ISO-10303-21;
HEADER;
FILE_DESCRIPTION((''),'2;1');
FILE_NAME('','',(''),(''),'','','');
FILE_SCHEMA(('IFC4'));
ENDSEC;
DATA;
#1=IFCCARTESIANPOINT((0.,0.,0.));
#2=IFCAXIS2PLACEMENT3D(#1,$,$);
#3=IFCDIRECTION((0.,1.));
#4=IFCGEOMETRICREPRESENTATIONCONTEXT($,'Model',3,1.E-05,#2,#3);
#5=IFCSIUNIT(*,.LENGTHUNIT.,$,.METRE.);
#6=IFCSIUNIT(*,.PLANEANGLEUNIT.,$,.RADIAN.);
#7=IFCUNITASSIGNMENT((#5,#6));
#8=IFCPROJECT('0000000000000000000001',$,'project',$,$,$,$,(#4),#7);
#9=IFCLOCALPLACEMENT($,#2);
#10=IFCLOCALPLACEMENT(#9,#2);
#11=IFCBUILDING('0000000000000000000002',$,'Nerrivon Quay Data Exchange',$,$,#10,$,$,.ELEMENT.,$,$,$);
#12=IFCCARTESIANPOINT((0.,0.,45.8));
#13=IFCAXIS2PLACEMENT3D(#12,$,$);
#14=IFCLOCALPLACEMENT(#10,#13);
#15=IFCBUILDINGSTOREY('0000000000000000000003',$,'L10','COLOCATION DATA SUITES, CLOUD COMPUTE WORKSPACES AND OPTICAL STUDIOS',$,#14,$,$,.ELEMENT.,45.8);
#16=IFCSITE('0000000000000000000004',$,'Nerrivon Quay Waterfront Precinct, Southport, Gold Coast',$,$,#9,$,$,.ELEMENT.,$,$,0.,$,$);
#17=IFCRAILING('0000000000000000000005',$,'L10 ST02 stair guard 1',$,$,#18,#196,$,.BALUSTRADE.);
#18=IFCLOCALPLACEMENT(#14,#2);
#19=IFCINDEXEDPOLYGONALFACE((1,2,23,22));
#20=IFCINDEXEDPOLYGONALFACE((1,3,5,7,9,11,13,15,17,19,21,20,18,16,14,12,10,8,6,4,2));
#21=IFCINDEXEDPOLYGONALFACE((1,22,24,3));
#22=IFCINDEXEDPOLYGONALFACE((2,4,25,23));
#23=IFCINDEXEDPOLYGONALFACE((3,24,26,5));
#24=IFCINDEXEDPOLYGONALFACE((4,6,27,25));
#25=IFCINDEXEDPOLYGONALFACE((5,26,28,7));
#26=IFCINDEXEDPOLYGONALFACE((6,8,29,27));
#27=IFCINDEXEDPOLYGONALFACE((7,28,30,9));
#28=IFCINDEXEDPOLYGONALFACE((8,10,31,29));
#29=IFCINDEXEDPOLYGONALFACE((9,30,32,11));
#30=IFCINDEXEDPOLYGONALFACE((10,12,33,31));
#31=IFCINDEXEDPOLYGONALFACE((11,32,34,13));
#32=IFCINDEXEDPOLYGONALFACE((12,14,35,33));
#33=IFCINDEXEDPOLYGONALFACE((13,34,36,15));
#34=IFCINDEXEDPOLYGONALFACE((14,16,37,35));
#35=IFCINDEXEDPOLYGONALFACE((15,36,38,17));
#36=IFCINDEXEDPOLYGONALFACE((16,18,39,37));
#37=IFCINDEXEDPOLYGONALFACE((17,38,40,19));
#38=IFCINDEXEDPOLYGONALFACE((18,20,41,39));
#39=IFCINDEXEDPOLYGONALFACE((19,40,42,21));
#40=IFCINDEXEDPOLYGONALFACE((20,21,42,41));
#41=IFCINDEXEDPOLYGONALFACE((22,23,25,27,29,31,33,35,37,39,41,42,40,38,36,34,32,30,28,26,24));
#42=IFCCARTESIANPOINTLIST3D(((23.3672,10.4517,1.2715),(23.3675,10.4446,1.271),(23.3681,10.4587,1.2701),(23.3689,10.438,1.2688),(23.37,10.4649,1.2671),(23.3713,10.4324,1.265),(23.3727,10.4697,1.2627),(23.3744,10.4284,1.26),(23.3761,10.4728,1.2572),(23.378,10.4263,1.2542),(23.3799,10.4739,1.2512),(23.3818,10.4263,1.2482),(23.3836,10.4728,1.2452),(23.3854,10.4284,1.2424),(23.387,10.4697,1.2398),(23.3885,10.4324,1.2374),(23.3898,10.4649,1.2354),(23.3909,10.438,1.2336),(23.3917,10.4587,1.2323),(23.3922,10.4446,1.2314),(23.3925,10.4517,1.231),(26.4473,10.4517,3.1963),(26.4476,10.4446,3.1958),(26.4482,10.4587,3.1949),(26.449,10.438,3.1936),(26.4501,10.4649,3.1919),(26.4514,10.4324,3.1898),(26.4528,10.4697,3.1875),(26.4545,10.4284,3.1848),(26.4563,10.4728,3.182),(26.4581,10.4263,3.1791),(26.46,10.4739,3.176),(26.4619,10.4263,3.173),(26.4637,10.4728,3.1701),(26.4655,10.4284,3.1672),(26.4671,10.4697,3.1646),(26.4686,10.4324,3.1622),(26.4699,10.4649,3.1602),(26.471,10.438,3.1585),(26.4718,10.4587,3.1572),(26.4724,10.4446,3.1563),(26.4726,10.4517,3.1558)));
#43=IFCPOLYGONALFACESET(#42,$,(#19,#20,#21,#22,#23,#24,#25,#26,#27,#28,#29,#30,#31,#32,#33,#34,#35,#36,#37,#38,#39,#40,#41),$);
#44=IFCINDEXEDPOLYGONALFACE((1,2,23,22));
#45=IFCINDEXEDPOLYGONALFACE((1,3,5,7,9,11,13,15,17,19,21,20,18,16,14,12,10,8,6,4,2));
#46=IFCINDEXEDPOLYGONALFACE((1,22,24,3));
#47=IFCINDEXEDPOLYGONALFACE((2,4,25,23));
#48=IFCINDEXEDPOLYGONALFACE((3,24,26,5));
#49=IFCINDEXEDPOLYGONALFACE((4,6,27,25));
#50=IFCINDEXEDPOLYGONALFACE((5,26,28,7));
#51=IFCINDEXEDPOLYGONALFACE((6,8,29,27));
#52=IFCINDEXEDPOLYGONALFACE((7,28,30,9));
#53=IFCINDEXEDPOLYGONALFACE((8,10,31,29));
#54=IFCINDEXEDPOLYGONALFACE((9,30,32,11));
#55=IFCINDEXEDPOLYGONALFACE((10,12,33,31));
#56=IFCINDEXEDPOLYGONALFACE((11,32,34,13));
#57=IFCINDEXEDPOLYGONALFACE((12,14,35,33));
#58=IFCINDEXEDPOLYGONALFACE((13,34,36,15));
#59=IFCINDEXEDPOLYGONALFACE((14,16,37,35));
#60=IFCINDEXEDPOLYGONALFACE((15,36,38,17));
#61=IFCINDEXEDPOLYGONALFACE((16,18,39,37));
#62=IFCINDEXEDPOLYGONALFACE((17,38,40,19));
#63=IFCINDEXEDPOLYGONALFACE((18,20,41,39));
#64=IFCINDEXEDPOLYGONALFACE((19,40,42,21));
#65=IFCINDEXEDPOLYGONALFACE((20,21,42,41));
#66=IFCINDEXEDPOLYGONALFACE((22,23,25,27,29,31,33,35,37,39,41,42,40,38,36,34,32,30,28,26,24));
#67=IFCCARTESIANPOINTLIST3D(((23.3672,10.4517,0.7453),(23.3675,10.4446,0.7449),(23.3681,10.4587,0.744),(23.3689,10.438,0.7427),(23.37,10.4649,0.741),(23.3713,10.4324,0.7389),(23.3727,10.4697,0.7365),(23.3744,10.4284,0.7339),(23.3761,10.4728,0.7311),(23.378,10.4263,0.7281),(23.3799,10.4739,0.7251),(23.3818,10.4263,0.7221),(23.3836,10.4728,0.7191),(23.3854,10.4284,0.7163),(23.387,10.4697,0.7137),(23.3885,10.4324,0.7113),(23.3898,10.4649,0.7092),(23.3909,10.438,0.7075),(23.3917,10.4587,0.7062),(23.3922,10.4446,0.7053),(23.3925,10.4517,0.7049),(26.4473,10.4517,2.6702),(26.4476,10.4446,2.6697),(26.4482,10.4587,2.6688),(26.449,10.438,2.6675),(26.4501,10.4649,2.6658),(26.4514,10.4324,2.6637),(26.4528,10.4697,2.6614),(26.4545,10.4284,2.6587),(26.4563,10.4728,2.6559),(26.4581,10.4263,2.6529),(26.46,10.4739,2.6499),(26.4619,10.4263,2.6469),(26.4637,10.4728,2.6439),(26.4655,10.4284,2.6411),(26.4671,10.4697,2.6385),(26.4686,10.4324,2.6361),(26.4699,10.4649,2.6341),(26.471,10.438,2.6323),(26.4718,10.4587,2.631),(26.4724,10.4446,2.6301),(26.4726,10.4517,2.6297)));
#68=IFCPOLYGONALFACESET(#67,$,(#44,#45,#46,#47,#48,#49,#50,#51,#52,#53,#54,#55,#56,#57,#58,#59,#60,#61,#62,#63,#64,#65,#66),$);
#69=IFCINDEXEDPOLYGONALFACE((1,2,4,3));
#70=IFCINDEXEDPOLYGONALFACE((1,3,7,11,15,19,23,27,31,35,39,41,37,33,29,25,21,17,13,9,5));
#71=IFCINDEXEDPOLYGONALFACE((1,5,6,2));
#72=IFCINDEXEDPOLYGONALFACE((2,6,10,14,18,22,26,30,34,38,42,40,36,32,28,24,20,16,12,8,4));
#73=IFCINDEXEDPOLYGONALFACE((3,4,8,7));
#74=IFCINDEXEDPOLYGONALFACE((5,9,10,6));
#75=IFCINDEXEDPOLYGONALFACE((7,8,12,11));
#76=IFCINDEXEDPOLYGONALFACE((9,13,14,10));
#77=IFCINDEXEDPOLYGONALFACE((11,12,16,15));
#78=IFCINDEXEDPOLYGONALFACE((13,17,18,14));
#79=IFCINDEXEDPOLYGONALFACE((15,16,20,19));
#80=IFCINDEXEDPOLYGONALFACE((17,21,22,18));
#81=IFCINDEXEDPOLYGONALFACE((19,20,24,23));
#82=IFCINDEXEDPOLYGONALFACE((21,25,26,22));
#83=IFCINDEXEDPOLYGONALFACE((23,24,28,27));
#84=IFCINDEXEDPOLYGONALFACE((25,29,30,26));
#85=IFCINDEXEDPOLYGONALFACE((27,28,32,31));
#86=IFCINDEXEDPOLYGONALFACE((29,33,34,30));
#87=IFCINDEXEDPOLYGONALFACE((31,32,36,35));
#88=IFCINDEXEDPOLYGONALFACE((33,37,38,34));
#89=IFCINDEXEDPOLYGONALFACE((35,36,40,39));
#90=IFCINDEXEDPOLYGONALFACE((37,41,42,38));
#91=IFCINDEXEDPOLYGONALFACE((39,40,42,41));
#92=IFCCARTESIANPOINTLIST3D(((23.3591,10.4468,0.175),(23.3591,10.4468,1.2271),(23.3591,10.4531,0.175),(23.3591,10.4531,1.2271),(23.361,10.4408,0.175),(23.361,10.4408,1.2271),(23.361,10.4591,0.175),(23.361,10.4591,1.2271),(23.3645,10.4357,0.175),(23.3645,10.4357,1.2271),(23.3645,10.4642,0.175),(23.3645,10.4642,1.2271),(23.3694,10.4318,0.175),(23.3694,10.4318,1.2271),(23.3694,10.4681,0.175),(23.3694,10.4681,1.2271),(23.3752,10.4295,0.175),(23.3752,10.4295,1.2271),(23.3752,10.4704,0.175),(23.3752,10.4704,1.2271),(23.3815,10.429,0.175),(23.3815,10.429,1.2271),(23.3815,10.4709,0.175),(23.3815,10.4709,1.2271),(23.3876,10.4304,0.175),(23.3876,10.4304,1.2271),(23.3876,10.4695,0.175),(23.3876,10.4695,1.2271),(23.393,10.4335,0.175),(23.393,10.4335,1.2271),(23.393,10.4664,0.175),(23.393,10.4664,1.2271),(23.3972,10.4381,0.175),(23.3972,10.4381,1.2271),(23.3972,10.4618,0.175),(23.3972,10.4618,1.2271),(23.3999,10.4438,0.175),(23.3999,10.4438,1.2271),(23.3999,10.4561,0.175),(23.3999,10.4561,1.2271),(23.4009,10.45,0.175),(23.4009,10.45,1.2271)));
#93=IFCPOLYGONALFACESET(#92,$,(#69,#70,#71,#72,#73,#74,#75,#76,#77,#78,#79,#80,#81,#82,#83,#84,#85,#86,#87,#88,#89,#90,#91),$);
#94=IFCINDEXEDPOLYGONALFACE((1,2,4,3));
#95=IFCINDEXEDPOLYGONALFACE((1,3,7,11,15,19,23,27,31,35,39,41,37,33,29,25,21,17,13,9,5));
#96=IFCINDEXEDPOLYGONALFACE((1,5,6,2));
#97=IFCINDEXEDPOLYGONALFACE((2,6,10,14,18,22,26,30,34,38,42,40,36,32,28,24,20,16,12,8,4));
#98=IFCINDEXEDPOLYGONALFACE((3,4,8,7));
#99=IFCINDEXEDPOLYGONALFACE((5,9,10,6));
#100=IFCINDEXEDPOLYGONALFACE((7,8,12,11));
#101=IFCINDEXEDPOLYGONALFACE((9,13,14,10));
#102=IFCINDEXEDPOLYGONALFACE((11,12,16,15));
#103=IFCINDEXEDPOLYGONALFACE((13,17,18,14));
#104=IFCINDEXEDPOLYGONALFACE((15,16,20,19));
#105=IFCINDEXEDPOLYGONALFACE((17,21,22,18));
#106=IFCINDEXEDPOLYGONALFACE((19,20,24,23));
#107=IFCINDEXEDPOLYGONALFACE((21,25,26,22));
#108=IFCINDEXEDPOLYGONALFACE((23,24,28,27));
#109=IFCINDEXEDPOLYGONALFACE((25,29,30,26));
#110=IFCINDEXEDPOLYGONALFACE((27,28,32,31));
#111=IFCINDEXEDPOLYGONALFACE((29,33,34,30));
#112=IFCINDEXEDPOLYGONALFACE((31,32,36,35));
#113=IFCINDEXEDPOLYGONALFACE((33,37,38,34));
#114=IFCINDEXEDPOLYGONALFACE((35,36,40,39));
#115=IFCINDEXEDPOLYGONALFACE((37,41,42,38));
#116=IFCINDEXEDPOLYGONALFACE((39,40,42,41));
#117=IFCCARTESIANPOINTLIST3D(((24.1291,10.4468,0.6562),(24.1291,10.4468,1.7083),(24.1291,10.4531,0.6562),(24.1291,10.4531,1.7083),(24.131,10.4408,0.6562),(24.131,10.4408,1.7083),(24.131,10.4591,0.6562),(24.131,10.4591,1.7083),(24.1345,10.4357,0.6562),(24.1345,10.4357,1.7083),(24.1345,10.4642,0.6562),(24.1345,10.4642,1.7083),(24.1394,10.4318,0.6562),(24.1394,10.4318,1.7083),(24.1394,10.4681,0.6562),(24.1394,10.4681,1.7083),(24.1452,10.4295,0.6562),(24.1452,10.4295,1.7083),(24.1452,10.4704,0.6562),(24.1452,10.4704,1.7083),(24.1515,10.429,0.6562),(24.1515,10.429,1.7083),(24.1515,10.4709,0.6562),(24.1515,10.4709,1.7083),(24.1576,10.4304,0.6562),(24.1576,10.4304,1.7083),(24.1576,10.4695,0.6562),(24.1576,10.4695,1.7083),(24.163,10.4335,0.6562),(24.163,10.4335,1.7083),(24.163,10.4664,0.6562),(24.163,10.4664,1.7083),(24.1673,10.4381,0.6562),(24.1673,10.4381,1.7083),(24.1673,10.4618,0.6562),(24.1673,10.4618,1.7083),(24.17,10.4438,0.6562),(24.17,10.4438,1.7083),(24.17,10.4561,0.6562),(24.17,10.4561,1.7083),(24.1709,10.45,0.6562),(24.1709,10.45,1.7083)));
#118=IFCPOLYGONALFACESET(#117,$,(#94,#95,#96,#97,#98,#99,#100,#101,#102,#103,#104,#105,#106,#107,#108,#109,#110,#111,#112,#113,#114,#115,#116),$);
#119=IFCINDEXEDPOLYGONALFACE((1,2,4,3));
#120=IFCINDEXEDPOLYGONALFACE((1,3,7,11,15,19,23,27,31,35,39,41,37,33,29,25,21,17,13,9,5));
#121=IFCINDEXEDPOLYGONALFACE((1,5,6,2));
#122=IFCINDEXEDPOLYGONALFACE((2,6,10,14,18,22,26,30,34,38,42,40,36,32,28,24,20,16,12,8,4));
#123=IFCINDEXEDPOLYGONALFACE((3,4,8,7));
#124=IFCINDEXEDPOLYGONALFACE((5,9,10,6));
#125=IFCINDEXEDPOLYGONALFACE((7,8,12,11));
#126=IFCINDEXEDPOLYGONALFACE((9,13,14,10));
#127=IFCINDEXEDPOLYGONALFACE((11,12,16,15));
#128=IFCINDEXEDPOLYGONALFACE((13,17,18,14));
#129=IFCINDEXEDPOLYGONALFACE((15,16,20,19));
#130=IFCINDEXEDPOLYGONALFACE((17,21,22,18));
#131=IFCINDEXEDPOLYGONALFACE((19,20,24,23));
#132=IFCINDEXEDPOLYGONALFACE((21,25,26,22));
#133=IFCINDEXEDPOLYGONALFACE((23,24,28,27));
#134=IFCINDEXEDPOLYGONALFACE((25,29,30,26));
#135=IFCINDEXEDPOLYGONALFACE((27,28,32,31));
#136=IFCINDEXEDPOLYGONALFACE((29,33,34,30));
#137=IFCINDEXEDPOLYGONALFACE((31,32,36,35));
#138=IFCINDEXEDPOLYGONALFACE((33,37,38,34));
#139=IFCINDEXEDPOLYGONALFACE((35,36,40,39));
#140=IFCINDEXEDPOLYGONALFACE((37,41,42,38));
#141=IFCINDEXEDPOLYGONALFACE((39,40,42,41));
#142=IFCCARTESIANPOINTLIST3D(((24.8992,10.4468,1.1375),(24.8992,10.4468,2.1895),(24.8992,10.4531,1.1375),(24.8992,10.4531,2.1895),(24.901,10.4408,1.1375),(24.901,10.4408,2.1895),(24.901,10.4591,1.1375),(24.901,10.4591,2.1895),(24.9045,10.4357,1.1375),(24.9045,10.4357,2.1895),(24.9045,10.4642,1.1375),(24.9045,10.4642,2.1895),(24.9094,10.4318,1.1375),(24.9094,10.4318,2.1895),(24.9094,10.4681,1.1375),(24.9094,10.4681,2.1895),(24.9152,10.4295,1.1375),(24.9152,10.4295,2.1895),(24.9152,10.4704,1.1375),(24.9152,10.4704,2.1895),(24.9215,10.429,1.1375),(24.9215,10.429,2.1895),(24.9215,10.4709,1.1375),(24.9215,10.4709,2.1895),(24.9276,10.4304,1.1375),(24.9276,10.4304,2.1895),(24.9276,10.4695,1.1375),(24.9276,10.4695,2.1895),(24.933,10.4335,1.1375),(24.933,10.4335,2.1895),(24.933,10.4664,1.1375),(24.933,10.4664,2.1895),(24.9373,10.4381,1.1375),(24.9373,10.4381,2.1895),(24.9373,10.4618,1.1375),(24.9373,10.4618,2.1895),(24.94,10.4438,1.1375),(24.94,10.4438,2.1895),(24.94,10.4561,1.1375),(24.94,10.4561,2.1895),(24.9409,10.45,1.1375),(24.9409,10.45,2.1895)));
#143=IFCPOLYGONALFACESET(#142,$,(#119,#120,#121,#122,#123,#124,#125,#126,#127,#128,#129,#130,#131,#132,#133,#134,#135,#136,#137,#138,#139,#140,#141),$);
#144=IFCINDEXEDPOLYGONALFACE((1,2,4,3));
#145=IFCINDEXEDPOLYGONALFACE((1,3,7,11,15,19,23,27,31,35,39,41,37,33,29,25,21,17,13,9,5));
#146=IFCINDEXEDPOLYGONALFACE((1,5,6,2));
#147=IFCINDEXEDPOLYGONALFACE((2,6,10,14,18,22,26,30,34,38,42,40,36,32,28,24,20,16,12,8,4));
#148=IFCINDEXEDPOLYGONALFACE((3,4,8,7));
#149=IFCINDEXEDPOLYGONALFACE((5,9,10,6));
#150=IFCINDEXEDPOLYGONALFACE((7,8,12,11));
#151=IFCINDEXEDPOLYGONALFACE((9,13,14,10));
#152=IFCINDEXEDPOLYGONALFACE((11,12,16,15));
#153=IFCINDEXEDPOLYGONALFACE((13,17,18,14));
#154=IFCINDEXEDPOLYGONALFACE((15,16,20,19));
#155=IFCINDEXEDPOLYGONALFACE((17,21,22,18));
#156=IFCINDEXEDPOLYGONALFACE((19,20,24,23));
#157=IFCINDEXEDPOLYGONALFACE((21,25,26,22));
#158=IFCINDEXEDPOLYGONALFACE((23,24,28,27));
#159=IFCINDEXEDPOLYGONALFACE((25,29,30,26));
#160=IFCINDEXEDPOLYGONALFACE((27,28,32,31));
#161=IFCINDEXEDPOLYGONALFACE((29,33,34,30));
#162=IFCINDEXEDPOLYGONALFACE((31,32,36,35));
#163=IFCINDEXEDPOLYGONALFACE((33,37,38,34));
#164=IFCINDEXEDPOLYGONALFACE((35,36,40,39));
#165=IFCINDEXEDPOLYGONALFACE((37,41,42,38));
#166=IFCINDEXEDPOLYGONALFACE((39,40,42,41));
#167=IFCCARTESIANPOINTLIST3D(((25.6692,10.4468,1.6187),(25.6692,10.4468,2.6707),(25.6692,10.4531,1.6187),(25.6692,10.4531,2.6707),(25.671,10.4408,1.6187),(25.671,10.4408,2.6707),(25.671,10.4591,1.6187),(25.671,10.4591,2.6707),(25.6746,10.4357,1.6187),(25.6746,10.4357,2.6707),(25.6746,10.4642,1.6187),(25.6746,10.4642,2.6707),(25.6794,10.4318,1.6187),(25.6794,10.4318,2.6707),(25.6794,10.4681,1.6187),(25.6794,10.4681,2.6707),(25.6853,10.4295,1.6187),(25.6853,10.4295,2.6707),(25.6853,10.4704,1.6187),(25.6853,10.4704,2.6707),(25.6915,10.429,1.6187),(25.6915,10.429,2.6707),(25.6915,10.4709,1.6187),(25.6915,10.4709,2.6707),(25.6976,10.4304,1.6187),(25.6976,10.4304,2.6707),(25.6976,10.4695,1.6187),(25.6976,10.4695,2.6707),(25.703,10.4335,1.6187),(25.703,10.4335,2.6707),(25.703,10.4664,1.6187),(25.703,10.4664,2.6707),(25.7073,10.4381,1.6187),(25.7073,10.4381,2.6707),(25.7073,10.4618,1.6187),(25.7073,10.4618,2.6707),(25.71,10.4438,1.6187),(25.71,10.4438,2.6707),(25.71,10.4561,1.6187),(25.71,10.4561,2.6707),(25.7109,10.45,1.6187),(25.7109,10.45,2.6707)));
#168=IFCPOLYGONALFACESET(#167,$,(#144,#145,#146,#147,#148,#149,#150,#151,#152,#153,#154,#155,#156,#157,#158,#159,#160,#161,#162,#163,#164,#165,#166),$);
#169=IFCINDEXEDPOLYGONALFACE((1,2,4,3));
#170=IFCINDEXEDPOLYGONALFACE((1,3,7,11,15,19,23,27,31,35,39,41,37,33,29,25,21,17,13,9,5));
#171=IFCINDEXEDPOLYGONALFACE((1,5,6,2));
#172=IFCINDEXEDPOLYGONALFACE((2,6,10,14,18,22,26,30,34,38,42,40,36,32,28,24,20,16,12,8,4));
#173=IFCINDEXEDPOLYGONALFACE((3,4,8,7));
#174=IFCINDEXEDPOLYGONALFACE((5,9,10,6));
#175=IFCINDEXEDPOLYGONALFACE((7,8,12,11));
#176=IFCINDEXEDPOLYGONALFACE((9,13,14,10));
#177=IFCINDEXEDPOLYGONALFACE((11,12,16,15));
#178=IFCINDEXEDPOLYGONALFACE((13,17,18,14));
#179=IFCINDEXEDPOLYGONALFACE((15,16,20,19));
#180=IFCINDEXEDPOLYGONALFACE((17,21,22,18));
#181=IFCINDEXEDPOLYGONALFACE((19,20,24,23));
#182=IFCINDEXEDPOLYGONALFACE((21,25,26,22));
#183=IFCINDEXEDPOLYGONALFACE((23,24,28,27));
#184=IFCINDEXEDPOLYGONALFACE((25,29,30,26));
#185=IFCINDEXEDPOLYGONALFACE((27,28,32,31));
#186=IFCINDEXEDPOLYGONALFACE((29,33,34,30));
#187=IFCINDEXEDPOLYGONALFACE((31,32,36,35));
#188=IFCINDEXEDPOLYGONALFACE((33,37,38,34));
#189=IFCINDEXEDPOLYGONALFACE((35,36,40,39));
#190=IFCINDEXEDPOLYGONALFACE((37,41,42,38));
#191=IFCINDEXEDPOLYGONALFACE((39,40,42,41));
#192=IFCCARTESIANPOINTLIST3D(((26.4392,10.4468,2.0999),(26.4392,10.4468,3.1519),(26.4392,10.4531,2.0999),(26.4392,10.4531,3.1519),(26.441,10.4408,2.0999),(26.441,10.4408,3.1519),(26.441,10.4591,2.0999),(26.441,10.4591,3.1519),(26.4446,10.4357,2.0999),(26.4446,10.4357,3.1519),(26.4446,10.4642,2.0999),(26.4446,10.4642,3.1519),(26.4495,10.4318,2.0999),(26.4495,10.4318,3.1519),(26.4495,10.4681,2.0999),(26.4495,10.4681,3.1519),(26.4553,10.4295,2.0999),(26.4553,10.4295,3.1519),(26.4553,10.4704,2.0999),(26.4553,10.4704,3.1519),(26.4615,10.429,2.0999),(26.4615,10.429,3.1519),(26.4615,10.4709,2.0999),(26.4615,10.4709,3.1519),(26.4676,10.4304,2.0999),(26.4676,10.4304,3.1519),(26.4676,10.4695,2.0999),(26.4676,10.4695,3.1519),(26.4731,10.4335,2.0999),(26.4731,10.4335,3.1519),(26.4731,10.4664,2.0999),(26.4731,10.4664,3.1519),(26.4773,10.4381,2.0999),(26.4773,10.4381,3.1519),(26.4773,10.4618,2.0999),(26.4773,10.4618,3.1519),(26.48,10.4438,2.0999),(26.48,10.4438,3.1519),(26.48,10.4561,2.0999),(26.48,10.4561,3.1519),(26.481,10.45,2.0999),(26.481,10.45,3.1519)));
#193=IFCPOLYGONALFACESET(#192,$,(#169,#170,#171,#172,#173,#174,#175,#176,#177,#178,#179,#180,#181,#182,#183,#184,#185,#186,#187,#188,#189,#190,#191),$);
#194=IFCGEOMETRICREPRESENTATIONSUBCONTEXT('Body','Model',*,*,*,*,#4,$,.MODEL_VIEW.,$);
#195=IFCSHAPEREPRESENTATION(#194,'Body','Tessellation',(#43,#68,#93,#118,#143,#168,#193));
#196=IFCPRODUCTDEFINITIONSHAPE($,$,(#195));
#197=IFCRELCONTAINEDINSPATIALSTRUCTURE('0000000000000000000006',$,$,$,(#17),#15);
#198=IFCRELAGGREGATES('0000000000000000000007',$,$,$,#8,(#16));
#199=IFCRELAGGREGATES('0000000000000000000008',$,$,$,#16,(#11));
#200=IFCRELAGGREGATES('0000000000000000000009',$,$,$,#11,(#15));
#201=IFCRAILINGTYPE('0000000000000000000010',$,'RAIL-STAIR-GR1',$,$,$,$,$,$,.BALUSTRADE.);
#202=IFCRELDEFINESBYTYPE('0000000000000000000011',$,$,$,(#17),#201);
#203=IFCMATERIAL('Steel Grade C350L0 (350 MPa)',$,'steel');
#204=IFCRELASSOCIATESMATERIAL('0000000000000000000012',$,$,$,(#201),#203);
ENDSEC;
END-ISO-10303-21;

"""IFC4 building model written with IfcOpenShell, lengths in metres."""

from ifc_helpers import new_model, si_unit, direction, frame, origin, origin_2d, place, context, subcontext, project, spatial, circle, extrude, material, type_object, element, save


model = new_model("IFC4")

# Units and contexts
model_context = context("Model", 3, precision=1e-05, world=origin(), true_north=direction((0.0, 1.0)))
body_context = subcontext(model_context, "Body", "Model", "MODEL_VIEW")
ifc_project = project(units=[si_unit("LENGTHUNIT", "METRE"), si_unit("PLANEANGLEUNIT", "RADIAN")], contexts=[model_context])

# Site, building, storey
site_placement = place(None, origin())
site = spatial("IfcSite", under=ifc_project, at=site_placement, Name="Nerrivon Quay Waterfront Precinct, Southport, Gold Coast", CompositionType="ELEMENT", RefElevation=0.0)
building_placement = place(site_placement, origin())
building = spatial("IfcBuilding", under=site, at=building_placement, Name="Nerrivon Quay Data Exchange", CompositionType="ELEMENT")
storey_placement = place(building_placement, frame((0.0, 0.0, 45.8)))
storey = spatial("IfcBuildingStorey", under=building, at=storey_placement, Name="L10", Description="COLOCATION DATA SUITES, CLOUD COMPUTE WORKSPACES AND OPTICAL STUDIOS", CompositionType="ELEMENT", Elevation=45.8)

# Railing
ifc_material_1 = material(Name="Steel Grade C350L0 (350 MPa)", Category="steel")
railing_type_1 = type_object("IfcRailingType", Name="RAIL-STAIR-GR1", PredefinedType="BALUSTRADE", material=ifc_material_1)
railing_1_placement = place(storey_placement, frame((23.3799, 10.45, 0.175)))
element("IfcRailing", 1, at=railing_1_placement, inside=storey, type_object=railing_type_1, Name="L10 ST02 stair guard 1", PredefinedType="BALUSTRADE", context=body_context, shape_type="SweptSolid", body=[
    extrude(circle(Radius=0.0239, at=origin_2d()), frame((0.0, 0.0, 1.0762), z_axis=(0.848029, 0.0, 0.529951), x_axis=(0.0, 1.0, 0.0)), (0.0, 0.0, 1.0), 3.6321),
    extrude(circle(Radius=0.0239, at=origin_2d()), frame((0.0, 0.0, 0.55), z_axis=(0.848029, 0.0, 0.529951), x_axis=(0.0, 1.0, 0.0)), (0.0, 0.0, 1.0), 3.6321),
    extrude(circle(Radius=0.021, at=origin_2d()), origin(), (0.0, 0.0, 1.0), 1.052),
    extrude(circle(Radius=0.021, at=origin_2d()), frame((0.77, 0.0, 0.4812)), (0.0, 0.0, 1.0), 1.052),
    extrude(circle(Radius=0.021, at=origin_2d()), frame((1.54, 0.0, 0.9624)), (0.0, 0.0, 1.0), 1.052),
    extrude(circle(Radius=0.021, at=origin_2d()), frame((2.3101, 0.0, 1.4436)), (0.0, 0.0, 1.0), 1.052),
    extrude(circle(Radius=0.021, at=origin_2d()), frame((3.0801, 0.0, 1.9248)), (0.0, 0.0, 1.0), 1.052),
])

save(model, "model.ifc")
